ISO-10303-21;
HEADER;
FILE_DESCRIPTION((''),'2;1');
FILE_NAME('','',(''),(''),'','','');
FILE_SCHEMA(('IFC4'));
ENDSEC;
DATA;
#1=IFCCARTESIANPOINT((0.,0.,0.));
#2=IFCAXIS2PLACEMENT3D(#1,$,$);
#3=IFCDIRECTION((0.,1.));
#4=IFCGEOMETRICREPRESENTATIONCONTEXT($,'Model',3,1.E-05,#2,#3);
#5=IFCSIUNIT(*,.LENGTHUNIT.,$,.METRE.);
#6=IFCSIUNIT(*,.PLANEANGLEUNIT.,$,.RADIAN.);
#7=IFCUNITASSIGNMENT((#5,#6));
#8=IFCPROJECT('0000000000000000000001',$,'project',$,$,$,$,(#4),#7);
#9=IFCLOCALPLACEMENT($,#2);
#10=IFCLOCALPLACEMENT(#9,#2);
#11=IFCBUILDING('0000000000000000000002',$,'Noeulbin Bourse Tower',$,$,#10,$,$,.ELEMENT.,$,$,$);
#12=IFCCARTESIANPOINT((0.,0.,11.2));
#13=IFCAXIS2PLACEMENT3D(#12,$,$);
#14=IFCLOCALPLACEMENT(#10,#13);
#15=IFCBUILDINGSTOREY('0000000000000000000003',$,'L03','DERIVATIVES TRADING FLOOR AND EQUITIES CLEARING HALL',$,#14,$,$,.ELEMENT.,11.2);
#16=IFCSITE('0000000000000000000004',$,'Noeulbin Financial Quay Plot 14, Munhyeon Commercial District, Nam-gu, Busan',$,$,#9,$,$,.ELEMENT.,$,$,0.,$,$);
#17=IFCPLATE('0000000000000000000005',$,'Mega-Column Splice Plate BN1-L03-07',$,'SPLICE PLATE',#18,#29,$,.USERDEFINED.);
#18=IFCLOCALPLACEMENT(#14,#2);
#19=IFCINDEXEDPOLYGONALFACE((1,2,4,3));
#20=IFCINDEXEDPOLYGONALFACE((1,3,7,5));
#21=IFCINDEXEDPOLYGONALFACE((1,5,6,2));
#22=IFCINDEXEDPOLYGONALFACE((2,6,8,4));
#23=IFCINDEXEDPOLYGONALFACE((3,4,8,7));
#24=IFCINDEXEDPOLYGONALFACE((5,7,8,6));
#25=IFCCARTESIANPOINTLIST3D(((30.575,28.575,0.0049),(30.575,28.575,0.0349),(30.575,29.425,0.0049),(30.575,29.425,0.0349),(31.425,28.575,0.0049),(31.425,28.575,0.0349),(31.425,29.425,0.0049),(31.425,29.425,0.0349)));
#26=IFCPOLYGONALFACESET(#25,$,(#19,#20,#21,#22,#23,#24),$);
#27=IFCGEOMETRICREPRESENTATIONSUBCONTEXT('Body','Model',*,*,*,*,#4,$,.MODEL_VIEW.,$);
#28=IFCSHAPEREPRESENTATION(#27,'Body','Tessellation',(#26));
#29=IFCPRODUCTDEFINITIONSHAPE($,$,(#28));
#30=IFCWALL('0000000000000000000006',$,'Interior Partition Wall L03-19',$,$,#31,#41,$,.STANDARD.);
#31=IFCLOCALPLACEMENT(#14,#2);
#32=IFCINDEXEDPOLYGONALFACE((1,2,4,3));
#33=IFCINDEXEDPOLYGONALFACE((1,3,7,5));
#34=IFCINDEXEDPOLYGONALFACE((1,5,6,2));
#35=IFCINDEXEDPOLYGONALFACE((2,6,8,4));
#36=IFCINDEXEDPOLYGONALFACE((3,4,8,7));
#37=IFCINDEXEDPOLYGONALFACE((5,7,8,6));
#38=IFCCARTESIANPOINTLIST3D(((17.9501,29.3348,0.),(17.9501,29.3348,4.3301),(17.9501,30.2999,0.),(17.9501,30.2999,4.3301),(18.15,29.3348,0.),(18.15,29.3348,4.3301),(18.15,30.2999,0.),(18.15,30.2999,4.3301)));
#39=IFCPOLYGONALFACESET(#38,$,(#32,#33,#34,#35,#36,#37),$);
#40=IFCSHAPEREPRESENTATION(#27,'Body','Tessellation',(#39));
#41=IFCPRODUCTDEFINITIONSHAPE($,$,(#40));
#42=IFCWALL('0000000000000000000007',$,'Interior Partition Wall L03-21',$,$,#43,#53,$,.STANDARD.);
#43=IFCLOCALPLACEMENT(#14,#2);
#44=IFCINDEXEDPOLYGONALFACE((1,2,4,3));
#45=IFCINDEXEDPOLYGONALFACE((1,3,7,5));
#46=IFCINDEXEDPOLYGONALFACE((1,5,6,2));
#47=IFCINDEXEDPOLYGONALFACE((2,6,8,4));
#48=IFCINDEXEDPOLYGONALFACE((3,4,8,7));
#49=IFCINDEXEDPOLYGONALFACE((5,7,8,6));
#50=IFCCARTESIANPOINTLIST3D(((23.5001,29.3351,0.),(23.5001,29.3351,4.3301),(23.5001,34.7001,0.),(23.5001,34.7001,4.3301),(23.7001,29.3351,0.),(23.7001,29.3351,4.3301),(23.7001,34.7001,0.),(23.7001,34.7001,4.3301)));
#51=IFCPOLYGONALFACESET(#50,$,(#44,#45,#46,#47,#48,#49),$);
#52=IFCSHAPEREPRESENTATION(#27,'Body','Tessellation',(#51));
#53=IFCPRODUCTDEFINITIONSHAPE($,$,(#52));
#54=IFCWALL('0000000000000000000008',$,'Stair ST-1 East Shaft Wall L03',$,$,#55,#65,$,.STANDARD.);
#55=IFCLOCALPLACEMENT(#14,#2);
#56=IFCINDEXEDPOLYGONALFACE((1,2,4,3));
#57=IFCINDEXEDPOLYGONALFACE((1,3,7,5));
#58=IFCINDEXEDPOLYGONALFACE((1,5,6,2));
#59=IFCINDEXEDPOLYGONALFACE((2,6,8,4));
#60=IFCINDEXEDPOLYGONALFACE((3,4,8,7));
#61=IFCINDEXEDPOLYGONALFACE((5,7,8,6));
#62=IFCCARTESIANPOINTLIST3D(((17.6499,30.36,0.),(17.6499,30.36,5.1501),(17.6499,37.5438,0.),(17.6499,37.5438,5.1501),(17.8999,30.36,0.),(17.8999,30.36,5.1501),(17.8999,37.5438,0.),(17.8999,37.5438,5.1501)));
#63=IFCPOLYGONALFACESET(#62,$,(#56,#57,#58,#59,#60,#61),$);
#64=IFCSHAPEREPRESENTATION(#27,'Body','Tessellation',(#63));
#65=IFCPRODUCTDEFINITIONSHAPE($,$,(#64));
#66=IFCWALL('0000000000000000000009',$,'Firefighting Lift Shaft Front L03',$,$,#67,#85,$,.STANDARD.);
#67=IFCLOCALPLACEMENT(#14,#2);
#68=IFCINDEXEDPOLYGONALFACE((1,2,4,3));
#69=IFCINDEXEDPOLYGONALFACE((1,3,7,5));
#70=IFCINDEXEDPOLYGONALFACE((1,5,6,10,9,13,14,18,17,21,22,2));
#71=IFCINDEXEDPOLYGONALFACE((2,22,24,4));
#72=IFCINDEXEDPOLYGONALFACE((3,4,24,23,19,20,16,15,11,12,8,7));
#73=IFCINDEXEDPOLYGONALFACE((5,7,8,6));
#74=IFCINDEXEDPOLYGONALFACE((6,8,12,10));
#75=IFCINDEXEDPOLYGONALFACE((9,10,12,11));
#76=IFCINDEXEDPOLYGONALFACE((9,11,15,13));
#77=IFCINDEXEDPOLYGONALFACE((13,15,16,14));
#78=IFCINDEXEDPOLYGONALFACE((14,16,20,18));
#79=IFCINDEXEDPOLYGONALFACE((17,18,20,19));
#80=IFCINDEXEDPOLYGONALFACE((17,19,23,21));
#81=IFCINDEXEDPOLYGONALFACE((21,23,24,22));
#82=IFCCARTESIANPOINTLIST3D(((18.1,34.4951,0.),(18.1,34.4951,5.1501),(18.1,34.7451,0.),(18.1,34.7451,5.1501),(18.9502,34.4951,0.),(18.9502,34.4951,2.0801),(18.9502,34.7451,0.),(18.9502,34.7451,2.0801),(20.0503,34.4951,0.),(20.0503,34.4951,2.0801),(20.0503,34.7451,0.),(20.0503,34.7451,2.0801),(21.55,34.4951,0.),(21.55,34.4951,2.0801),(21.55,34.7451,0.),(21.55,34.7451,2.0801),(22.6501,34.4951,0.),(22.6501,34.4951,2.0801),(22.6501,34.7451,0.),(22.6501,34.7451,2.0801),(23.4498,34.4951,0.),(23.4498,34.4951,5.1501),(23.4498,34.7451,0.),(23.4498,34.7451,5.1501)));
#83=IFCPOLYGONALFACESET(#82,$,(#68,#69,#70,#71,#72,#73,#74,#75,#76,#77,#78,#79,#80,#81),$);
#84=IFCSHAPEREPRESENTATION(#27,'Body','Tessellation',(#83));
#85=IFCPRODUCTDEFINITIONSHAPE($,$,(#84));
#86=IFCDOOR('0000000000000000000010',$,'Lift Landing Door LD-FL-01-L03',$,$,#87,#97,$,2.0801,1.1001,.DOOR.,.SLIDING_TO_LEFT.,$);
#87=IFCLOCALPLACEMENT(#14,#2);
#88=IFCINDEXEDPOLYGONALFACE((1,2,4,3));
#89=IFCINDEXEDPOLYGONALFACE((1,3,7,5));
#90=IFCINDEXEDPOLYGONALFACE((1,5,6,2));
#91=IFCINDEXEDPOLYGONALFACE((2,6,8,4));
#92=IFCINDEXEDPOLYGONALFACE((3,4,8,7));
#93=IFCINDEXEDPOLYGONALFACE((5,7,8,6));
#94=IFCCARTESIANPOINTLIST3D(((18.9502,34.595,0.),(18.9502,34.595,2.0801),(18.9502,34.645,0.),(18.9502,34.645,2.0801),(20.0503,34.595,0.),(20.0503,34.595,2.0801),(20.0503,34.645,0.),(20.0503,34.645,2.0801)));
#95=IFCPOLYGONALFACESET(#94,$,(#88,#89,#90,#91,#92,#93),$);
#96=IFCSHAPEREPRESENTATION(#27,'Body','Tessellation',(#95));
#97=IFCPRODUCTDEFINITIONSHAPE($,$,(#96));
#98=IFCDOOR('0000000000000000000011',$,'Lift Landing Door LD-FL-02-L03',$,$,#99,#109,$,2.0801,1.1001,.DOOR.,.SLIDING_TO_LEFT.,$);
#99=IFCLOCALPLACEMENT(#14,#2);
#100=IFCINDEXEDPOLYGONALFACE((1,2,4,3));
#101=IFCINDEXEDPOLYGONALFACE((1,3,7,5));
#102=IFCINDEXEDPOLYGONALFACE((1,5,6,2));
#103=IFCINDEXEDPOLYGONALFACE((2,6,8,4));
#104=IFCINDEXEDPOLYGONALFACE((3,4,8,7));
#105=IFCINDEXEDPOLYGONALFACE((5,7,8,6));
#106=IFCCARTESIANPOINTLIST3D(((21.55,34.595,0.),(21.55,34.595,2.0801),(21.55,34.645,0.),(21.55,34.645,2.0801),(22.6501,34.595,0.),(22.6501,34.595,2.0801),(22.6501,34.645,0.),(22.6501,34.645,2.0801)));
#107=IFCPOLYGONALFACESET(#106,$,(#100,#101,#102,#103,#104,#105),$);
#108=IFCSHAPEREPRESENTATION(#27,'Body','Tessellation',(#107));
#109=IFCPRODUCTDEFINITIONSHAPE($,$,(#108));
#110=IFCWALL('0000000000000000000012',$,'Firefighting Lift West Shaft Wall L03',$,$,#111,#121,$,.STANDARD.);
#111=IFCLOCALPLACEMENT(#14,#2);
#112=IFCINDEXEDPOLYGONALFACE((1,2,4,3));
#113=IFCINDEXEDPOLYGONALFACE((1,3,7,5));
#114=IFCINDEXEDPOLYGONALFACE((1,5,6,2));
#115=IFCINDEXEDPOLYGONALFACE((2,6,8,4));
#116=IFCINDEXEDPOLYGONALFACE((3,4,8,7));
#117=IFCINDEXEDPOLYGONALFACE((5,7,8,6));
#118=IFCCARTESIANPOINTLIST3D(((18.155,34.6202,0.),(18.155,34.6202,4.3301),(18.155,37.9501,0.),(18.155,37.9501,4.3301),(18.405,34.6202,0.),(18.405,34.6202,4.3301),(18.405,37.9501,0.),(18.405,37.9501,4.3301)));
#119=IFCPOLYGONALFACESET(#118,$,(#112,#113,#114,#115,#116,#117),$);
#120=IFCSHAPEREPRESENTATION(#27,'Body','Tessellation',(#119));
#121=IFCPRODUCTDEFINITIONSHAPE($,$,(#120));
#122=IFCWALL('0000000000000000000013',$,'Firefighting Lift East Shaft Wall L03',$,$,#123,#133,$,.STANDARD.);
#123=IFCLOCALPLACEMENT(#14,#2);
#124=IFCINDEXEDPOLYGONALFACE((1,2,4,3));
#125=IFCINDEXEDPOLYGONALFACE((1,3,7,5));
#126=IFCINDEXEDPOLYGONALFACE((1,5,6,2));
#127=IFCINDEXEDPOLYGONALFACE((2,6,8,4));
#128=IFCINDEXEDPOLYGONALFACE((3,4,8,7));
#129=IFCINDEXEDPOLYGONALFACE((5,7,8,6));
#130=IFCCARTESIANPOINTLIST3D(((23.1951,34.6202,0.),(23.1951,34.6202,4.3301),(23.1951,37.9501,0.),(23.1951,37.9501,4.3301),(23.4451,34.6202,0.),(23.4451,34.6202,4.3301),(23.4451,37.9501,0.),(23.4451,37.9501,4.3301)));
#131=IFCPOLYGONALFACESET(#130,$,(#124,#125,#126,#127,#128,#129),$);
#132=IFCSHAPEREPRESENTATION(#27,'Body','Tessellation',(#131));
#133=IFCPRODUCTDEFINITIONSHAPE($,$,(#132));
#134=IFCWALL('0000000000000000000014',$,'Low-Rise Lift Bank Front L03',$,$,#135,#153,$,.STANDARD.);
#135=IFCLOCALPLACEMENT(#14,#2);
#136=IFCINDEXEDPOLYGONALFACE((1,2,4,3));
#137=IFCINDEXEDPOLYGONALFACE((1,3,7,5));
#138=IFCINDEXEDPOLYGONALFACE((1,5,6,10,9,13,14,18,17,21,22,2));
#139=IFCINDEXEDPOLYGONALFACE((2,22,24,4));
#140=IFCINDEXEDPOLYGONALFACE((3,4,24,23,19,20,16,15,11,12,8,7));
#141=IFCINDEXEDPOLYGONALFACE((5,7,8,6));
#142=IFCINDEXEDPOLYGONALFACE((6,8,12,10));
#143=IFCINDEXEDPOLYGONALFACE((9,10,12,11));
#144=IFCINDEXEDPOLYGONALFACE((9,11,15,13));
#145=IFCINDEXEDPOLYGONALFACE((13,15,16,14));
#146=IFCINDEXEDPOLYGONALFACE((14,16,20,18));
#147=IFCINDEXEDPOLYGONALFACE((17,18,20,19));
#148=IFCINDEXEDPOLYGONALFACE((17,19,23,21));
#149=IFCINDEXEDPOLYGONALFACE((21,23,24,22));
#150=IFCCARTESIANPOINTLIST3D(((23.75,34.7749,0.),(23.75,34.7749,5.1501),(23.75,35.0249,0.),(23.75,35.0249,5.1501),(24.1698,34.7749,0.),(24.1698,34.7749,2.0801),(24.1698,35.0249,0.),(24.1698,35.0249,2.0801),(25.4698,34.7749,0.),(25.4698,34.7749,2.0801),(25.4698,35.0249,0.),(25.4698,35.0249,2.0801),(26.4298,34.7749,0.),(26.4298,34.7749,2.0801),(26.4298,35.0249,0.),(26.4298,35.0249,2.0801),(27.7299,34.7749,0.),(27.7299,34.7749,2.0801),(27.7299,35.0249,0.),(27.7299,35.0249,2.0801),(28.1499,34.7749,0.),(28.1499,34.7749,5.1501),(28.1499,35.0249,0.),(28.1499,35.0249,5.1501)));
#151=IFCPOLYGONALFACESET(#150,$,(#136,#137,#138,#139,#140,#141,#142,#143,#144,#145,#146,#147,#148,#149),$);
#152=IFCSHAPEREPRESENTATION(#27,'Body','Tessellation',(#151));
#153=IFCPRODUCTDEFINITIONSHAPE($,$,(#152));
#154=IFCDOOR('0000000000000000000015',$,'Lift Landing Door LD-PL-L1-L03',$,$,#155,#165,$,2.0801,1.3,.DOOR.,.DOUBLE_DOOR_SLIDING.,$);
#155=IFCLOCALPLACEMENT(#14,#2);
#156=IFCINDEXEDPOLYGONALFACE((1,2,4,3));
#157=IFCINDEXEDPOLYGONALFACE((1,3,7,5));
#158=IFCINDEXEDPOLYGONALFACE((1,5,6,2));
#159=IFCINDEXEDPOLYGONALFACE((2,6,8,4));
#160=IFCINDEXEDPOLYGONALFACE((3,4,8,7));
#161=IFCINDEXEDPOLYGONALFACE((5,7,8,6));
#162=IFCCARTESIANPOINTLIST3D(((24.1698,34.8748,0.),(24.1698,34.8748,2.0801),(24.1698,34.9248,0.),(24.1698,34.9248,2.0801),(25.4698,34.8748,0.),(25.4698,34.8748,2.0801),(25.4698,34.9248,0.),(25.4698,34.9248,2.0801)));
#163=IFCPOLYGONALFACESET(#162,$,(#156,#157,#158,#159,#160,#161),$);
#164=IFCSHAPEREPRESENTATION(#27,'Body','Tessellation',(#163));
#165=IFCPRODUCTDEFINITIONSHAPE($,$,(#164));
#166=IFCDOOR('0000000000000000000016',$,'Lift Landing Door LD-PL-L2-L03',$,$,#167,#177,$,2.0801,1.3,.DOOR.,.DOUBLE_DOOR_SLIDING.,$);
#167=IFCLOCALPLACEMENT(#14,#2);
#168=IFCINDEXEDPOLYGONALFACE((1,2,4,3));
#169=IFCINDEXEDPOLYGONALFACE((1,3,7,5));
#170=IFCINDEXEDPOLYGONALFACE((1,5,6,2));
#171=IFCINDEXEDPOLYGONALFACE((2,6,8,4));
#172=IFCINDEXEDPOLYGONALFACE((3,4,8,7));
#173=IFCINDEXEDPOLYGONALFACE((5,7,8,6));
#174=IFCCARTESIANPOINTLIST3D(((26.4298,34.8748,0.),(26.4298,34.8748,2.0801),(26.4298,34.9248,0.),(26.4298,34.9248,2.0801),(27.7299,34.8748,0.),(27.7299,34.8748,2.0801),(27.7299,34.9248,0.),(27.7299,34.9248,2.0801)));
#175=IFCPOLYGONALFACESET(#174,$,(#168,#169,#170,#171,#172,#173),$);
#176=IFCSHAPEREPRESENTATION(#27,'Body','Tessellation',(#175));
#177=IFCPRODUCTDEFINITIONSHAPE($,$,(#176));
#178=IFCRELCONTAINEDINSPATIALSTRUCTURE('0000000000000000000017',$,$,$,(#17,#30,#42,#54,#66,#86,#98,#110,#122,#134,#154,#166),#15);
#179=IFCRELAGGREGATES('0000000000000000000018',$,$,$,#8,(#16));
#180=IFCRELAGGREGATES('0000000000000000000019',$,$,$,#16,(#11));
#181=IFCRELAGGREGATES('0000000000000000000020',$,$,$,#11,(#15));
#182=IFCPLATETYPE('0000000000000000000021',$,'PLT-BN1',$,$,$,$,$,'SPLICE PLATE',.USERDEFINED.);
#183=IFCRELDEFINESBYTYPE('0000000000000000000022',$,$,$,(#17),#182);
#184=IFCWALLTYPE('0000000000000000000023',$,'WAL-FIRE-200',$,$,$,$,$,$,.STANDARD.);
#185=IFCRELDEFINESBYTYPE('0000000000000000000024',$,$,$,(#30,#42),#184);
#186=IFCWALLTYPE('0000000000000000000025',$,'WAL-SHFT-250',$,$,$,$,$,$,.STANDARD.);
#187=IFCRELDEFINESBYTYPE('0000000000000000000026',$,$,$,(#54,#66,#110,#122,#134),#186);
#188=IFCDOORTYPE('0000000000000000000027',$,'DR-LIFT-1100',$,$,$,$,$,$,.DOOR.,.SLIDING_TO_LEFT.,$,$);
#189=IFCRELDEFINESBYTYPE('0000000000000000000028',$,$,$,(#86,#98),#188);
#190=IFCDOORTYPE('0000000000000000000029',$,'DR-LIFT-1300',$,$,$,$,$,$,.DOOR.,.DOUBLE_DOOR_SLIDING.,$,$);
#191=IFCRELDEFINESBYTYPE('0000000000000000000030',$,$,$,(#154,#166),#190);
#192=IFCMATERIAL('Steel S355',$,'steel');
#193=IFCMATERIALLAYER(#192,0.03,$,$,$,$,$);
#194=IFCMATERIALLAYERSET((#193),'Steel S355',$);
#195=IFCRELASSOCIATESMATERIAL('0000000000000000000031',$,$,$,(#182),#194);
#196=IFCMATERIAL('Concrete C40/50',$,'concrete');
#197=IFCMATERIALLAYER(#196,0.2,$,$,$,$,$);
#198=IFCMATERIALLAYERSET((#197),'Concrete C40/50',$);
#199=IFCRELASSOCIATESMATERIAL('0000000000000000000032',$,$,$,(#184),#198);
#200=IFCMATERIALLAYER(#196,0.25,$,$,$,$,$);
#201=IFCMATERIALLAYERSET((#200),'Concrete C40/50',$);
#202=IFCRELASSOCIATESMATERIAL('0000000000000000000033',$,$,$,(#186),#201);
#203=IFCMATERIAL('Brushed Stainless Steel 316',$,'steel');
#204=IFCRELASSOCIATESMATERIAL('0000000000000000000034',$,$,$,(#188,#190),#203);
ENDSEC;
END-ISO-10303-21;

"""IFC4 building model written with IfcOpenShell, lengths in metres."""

from ifc_helpers import new_model, si_unit, direction, frame, frame_2d, origin, origin_2d, place, context, subcontext, project, spatial, rectangle, extrude, material, layer, layer_set, type_object, element, fill, save


model = new_model("IFC4")

# Units and contexts
model_context = context("Model", 3, precision=1e-05, world=origin(), true_north=direction((0.0, 1.0)))
body_context = subcontext(model_context, "Body", "Model", "MODEL_VIEW")
ifc_project = project(units=[si_unit("LENGTHUNIT", "METRE"), si_unit("PLANEANGLEUNIT", "RADIAN")], contexts=[model_context])

# Site, building, storey
site_placement = place(None, origin())
site = spatial("IfcSite", under=ifc_project, at=site_placement, Name="Noeulbin Financial Quay Plot 14, Munhyeon Commercial District, Nam-gu, Busan", CompositionType="ELEMENT", RefElevation=0.0)
building_placement = place(site_placement, origin())
building = spatial("IfcBuilding", under=site, at=building_placement, Name="Noeulbin Bourse Tower", CompositionType="ELEMENT")
storey_placement = place(building_placement, frame((0.0, 0.0, 11.2)))
storey = spatial("IfcBuildingStorey", under=building, at=storey_placement, Name="L03", Description="DERIVATIVES TRADING FLOOR AND EQUITIES CLEARING HALL", CompositionType="ELEMENT", Elevation=11.2)

# Shared definitions
ifc_material_1 = material(Name="Steel S355", Category="steel")

# Plate
ifc_layer_1 = layer(ifc_material_1, 0.03)
ifc_layer_set_1 = layer_set([ifc_layer_1], Name="Steel S355")
plate_type = type_object("IfcPlateType", Name="PLT-BN1", ElementType="SPLICE PLATE", PredefinedType="USERDEFINED", material=ifc_layer_set_1)
for number, where, z_axis, x_axis, name in (
    (1, (31.0, 29.0, 0.0049), (0.0, 0.0, 1.0), (1.0, 0.0, 0.0), "Mega-Column Splice Plate BN1-L03-07"),
):
    element("IfcPlate", number, at=place(storey_placement, frame(where, z_axis=z_axis, x_axis=x_axis)), inside=storey, type_object=plate_type, Name=name, ObjectType="SPLICE PLATE", PredefinedType="USERDEFINED", context=body_context, shape_type="SweptSolid", body=[
        extrude(rectangle(XDim=0.8501, YDim=0.8501, at=origin_2d()), origin(), (0.0, 0.0, 1.0), 0.03),
    ])

# Walls
ifc_material_2 = material(Name="Concrete C40/50", Category="concrete")
ifc_layer_2 = layer(ifc_material_2, 0.2)
ifc_layer_set_2 = layer_set([ifc_layer_2], Name="Concrete C40/50")
wall_type_1 = type_object("IfcWallType", Name="WAL-FIRE-200", PredefinedType="STANDARD", material=ifc_layer_set_2)
wall_1_placement = place(storey_placement, frame((18.05, 29.335, 0.0), z_axis=(0.0, 0.0, 1.0), x_axis=(0.0, 1.0, 0.0)))
element("IfcWall", 2, at=wall_1_placement, inside=storey, type_object=wall_type_1, Name="Interior Partition Wall L03-19", PredefinedType="STANDARD", context=body_context, shape_type="SweptSolid", body=[
    extrude(rectangle(XDim=0.9651, YDim=0.2, at=frame_2d((0.4824, 0.0))), origin(), (0.0, 0.0, 1.0), 4.3301),
])
wall_2_placement = place(storey_placement, frame((23.6001, 29.335, 0.0), z_axis=(0.0, 0.0, 1.0), x_axis=(0.0, 1.0, 0.0)))
element("IfcWall", 3, at=wall_2_placement, inside=storey, type_object=wall_type_1, Name="Interior Partition Wall L03-21", PredefinedType="STANDARD", context=body_context, shape_type="SweptSolid", body=[
    extrude(rectangle(XDim=5.365, YDim=0.2, at=frame_2d((2.6826, 0.0))), origin(), (0.0, 0.0, 1.0), 4.3301),
])
ifc_layer_3 = layer(ifc_material_2, 0.25)
ifc_layer_set_3 = layer_set([ifc_layer_3], Name="Concrete C40/50")
wall_type_2 = type_object("IfcWallType", Name="WAL-SHFT-250", PredefinedType="STANDARD", material=ifc_layer_set_3)
wall_3_placement = place(storey_placement, frame((17.7749, 30.3601, 0.0), z_axis=(0.0, 0.0, 1.0), x_axis=(0.0, 1.0, 0.0)))
element("IfcWall", 4, at=wall_3_placement, inside=storey, type_object=wall_type_2, Name="Stair ST-1 East Shaft Wall L03", PredefinedType="STANDARD", context=body_context, shape_type="SweptSolid", body=[
    extrude(rectangle(XDim=7.1838, YDim=0.25, at=frame_2d((3.5918, 0.0))), origin(), (0.0, 0.0, 1.0), 5.1501),
])

# Wall, openings, doors
wall_4_placement = place(storey_placement, frame((18.1001, 34.6201, 0.0), z_axis=(0.0, 0.0, 1.0), x_axis=(1.0, 0.0, 0.0)))
wall_4 = element("IfcWall", 5, at=wall_4_placement, inside=storey, type_object=wall_type_2, Name="Firefighting Lift Shaft Front L03", PredefinedType="STANDARD", context=body_context, shape_type="SweptSolid", body=[
    extrude(rectangle(XDim=5.3499, YDim=0.25, at=frame_2d((2.6748, 0.0))), origin(), (0.0, 0.0, 1.0), 5.1501),
])
opening_1_placement = place(wall_4_placement, frame((0.8501, 0.0, 0.0)))
opening_1 = element("IfcOpeningElement", 6, at=opening_1_placement, cuts=wall_4, PredefinedType="OPENING", context=body_context, shape_type="SweptSolid", body=[
    extrude(rectangle(XDim=1.1001, YDim=2.0801, at=frame_2d((0.55, 1.04))), frame((0.0, 0.135, 0.0), z_axis=(0.0, -1.0, 0.0), x_axis=(1.0, 0.0, 0.0)), (0.0, 0.0, 1.0), 0.27),
])
opening_2_placement = place(wall_4_placement, frame((3.45, 0.0, 0.0)))
opening_2 = element("IfcOpeningElement", 7, at=opening_2_placement, cuts=wall_4, PredefinedType="OPENING", context=body_context, shape_type="SweptSolid", body=[
    extrude(rectangle(XDim=1.1001, YDim=2.0801, at=frame_2d((0.55, 1.04))), frame((0.0, 0.135, 0.0), z_axis=(0.0, -1.0, 0.0), x_axis=(1.0, 0.0, 0.0)), (0.0, 0.0, 1.0), 0.27),
])
ifc_material_3 = material(Name="Brushed Stainless Steel 316", Category="steel")
door_type_1 = type_object("IfcDoorType", Name="DR-LIFT-1100", OperationType="SLIDING_TO_LEFT", PredefinedType="DOOR", material=ifc_material_3)
door_1_placement = place(opening_1_placement, origin())
door_1 = element("IfcDoor", 8, at=door_1_placement, inside=storey, type_object=door_type_1, Name="Lift Landing Door LD-FL-01-L03", OperationType="SLIDING_TO_LEFT", OverallHeight=2.0801, OverallWidth=1.1001, PredefinedType="DOOR", context=body_context, shape_type="SweptSolid", body=[
    extrude(rectangle(XDim=1.1001, YDim=2.0801, at=frame_2d((0.55, 1.04))), frame((0.0, 0.0249, 0.0), z_axis=(0.0, -1.0, 0.0), x_axis=(1.0, 0.0, 0.0)), (0.0, 0.0, 1.0), 0.05),
])
fill(opening_1, door_1)
door_2_placement = place(opening_2_placement, origin())
door_2 = element("IfcDoor", 9, at=door_2_placement, inside=storey, type_object=door_type_1, Name="Lift Landing Door LD-FL-02-L03", OperationType="SLIDING_TO_LEFT", OverallHeight=2.0801, OverallWidth=1.1001, PredefinedType="DOOR", context=body_context, shape_type="SweptSolid", body=[
    extrude(rectangle(XDim=1.1001, YDim=2.0801, at=frame_2d((0.55, 1.04))), frame((0.0, 0.0249, 0.0), z_axis=(0.0, -1.0, 0.0), x_axis=(1.0, 0.0, 0.0)), (0.0, 0.0, 1.0), 0.05),
])
fill(opening_2, door_2)

# Walls
for number, where, z_axis, x_axis, name in (
    (10, (18.28, 34.6201, 0.0), (0.0, 0.0, 1.0), (0.0, 1.0, 0.0), "Firefighting Lift West Shaft Wall L03"),
    (11, (23.3201, 34.6201, 0.0), (0.0, 0.0, 1.0), (0.0, 1.0, 0.0), "Firefighting Lift East Shaft Wall L03"),
):
    element("IfcWall", number, at=place(storey_placement, frame(where, z_axis=z_axis, x_axis=x_axis)), inside=storey, type_object=wall_type_2, Name=name, PredefinedType="STANDARD", context=body_context, shape_type="SweptSolid", body=[
        extrude(rectangle(XDim=3.3298, YDim=0.25, at=frame_2d((1.665, 0.0))), origin(), (0.0, 0.0, 1.0), 4.3301),
    ])

# Wall, openings, doors
wall_5_placement = place(storey_placement, frame((23.75, 34.8999, 0.0), z_axis=(0.0, 0.0, 1.0), x_axis=(1.0, 0.0, 0.0)))
wall_5 = element("IfcWall", 12, at=wall_5_placement, inside=storey, type_object=wall_type_2, Name="Low-Rise Lift Bank Front L03", PredefinedType="STANDARD", context=body_context, shape_type="SweptSolid", body=[
    extrude(rectangle(XDim=4.3999, YDim=0.25, at=frame_2d((2.2, 0.0))), origin(), (0.0, 0.0, 1.0), 5.1501),
])
opening_3_placement = place(wall_5_placement, frame((0.4199, 0.0, 0.0)))
opening_3 = element("IfcOpeningElement", 13, at=opening_3_placement, cuts=wall_5, PredefinedType="OPENING", context=body_context, shape_type="SweptSolid", body=[
    extrude(rectangle(XDim=1.3, YDim=2.0801, at=frame_2d((0.6499, 1.04))), frame((0.0, 0.135, 0.0), z_axis=(0.0, -1.0, 0.0), x_axis=(1.0, 0.0, 0.0)), (0.0, 0.0, 1.0), 0.27),
])
opening_4_placement = place(wall_5_placement, frame((2.6799, 0.0, 0.0)))
opening_4 = element("IfcOpeningElement", 14, at=opening_4_placement, cuts=wall_5, PredefinedType="OPENING", context=body_context, shape_type="SweptSolid", body=[
    extrude(rectangle(XDim=1.3, YDim=2.0801, at=frame_2d((0.6499, 1.04))), frame((0.0, 0.135, 0.0), z_axis=(0.0, -1.0, 0.0), x_axis=(1.0, 0.0, 0.0)), (0.0, 0.0, 1.0), 0.27),
])
door_type_2 = type_object("IfcDoorType", Name="DR-LIFT-1300", OperationType="DOUBLE_DOOR_SLIDING", PredefinedType="DOOR", material=ifc_material_3)
door_3_placement = place(opening_3_placement, origin())
door_3 = element("IfcDoor", 15, at=door_3_placement, inside=storey, type_object=door_type_2, Name="Lift Landing Door LD-PL-L1-L03", OperationType="DOUBLE_DOOR_SLIDING", OverallHeight=2.0801, OverallWidth=1.3, PredefinedType="DOOR", context=body_context, shape_type="SweptSolid", body=[
    extrude(rectangle(XDim=1.3, YDim=2.0801, at=frame_2d((0.6499, 1.04))), frame((0.0, 0.0249, 0.0), z_axis=(0.0, -1.0, 0.0), x_axis=(1.0, 0.0, 0.0)), (0.0, 0.0, 1.0), 0.05),
])
fill(opening_3, door_3)
door_4_placement = place(opening_4_placement, origin())
door_4 = element("IfcDoor", 16, at=door_4_placement, inside=storey, type_object=door_type_2, Name="Lift Landing Door LD-PL-L2-L03", OperationType="DOUBLE_DOOR_SLIDING", OverallHeight=2.0801, OverallWidth=1.3, PredefinedType="DOOR", context=body_context, shape_type="SweptSolid", body=[
    extrude(rectangle(XDim=1.3, YDim=2.0801, at=frame_2d((0.6499, 1.04))), frame((0.0, 0.0249, 0.0), z_axis=(0.0, -1.0, 0.0), x_axis=(1.0, 0.0, 0.0)), (0.0, 0.0, 1.0), 0.05),
])
fill(opening_4, door_4)

save(model, "model.ifc")
